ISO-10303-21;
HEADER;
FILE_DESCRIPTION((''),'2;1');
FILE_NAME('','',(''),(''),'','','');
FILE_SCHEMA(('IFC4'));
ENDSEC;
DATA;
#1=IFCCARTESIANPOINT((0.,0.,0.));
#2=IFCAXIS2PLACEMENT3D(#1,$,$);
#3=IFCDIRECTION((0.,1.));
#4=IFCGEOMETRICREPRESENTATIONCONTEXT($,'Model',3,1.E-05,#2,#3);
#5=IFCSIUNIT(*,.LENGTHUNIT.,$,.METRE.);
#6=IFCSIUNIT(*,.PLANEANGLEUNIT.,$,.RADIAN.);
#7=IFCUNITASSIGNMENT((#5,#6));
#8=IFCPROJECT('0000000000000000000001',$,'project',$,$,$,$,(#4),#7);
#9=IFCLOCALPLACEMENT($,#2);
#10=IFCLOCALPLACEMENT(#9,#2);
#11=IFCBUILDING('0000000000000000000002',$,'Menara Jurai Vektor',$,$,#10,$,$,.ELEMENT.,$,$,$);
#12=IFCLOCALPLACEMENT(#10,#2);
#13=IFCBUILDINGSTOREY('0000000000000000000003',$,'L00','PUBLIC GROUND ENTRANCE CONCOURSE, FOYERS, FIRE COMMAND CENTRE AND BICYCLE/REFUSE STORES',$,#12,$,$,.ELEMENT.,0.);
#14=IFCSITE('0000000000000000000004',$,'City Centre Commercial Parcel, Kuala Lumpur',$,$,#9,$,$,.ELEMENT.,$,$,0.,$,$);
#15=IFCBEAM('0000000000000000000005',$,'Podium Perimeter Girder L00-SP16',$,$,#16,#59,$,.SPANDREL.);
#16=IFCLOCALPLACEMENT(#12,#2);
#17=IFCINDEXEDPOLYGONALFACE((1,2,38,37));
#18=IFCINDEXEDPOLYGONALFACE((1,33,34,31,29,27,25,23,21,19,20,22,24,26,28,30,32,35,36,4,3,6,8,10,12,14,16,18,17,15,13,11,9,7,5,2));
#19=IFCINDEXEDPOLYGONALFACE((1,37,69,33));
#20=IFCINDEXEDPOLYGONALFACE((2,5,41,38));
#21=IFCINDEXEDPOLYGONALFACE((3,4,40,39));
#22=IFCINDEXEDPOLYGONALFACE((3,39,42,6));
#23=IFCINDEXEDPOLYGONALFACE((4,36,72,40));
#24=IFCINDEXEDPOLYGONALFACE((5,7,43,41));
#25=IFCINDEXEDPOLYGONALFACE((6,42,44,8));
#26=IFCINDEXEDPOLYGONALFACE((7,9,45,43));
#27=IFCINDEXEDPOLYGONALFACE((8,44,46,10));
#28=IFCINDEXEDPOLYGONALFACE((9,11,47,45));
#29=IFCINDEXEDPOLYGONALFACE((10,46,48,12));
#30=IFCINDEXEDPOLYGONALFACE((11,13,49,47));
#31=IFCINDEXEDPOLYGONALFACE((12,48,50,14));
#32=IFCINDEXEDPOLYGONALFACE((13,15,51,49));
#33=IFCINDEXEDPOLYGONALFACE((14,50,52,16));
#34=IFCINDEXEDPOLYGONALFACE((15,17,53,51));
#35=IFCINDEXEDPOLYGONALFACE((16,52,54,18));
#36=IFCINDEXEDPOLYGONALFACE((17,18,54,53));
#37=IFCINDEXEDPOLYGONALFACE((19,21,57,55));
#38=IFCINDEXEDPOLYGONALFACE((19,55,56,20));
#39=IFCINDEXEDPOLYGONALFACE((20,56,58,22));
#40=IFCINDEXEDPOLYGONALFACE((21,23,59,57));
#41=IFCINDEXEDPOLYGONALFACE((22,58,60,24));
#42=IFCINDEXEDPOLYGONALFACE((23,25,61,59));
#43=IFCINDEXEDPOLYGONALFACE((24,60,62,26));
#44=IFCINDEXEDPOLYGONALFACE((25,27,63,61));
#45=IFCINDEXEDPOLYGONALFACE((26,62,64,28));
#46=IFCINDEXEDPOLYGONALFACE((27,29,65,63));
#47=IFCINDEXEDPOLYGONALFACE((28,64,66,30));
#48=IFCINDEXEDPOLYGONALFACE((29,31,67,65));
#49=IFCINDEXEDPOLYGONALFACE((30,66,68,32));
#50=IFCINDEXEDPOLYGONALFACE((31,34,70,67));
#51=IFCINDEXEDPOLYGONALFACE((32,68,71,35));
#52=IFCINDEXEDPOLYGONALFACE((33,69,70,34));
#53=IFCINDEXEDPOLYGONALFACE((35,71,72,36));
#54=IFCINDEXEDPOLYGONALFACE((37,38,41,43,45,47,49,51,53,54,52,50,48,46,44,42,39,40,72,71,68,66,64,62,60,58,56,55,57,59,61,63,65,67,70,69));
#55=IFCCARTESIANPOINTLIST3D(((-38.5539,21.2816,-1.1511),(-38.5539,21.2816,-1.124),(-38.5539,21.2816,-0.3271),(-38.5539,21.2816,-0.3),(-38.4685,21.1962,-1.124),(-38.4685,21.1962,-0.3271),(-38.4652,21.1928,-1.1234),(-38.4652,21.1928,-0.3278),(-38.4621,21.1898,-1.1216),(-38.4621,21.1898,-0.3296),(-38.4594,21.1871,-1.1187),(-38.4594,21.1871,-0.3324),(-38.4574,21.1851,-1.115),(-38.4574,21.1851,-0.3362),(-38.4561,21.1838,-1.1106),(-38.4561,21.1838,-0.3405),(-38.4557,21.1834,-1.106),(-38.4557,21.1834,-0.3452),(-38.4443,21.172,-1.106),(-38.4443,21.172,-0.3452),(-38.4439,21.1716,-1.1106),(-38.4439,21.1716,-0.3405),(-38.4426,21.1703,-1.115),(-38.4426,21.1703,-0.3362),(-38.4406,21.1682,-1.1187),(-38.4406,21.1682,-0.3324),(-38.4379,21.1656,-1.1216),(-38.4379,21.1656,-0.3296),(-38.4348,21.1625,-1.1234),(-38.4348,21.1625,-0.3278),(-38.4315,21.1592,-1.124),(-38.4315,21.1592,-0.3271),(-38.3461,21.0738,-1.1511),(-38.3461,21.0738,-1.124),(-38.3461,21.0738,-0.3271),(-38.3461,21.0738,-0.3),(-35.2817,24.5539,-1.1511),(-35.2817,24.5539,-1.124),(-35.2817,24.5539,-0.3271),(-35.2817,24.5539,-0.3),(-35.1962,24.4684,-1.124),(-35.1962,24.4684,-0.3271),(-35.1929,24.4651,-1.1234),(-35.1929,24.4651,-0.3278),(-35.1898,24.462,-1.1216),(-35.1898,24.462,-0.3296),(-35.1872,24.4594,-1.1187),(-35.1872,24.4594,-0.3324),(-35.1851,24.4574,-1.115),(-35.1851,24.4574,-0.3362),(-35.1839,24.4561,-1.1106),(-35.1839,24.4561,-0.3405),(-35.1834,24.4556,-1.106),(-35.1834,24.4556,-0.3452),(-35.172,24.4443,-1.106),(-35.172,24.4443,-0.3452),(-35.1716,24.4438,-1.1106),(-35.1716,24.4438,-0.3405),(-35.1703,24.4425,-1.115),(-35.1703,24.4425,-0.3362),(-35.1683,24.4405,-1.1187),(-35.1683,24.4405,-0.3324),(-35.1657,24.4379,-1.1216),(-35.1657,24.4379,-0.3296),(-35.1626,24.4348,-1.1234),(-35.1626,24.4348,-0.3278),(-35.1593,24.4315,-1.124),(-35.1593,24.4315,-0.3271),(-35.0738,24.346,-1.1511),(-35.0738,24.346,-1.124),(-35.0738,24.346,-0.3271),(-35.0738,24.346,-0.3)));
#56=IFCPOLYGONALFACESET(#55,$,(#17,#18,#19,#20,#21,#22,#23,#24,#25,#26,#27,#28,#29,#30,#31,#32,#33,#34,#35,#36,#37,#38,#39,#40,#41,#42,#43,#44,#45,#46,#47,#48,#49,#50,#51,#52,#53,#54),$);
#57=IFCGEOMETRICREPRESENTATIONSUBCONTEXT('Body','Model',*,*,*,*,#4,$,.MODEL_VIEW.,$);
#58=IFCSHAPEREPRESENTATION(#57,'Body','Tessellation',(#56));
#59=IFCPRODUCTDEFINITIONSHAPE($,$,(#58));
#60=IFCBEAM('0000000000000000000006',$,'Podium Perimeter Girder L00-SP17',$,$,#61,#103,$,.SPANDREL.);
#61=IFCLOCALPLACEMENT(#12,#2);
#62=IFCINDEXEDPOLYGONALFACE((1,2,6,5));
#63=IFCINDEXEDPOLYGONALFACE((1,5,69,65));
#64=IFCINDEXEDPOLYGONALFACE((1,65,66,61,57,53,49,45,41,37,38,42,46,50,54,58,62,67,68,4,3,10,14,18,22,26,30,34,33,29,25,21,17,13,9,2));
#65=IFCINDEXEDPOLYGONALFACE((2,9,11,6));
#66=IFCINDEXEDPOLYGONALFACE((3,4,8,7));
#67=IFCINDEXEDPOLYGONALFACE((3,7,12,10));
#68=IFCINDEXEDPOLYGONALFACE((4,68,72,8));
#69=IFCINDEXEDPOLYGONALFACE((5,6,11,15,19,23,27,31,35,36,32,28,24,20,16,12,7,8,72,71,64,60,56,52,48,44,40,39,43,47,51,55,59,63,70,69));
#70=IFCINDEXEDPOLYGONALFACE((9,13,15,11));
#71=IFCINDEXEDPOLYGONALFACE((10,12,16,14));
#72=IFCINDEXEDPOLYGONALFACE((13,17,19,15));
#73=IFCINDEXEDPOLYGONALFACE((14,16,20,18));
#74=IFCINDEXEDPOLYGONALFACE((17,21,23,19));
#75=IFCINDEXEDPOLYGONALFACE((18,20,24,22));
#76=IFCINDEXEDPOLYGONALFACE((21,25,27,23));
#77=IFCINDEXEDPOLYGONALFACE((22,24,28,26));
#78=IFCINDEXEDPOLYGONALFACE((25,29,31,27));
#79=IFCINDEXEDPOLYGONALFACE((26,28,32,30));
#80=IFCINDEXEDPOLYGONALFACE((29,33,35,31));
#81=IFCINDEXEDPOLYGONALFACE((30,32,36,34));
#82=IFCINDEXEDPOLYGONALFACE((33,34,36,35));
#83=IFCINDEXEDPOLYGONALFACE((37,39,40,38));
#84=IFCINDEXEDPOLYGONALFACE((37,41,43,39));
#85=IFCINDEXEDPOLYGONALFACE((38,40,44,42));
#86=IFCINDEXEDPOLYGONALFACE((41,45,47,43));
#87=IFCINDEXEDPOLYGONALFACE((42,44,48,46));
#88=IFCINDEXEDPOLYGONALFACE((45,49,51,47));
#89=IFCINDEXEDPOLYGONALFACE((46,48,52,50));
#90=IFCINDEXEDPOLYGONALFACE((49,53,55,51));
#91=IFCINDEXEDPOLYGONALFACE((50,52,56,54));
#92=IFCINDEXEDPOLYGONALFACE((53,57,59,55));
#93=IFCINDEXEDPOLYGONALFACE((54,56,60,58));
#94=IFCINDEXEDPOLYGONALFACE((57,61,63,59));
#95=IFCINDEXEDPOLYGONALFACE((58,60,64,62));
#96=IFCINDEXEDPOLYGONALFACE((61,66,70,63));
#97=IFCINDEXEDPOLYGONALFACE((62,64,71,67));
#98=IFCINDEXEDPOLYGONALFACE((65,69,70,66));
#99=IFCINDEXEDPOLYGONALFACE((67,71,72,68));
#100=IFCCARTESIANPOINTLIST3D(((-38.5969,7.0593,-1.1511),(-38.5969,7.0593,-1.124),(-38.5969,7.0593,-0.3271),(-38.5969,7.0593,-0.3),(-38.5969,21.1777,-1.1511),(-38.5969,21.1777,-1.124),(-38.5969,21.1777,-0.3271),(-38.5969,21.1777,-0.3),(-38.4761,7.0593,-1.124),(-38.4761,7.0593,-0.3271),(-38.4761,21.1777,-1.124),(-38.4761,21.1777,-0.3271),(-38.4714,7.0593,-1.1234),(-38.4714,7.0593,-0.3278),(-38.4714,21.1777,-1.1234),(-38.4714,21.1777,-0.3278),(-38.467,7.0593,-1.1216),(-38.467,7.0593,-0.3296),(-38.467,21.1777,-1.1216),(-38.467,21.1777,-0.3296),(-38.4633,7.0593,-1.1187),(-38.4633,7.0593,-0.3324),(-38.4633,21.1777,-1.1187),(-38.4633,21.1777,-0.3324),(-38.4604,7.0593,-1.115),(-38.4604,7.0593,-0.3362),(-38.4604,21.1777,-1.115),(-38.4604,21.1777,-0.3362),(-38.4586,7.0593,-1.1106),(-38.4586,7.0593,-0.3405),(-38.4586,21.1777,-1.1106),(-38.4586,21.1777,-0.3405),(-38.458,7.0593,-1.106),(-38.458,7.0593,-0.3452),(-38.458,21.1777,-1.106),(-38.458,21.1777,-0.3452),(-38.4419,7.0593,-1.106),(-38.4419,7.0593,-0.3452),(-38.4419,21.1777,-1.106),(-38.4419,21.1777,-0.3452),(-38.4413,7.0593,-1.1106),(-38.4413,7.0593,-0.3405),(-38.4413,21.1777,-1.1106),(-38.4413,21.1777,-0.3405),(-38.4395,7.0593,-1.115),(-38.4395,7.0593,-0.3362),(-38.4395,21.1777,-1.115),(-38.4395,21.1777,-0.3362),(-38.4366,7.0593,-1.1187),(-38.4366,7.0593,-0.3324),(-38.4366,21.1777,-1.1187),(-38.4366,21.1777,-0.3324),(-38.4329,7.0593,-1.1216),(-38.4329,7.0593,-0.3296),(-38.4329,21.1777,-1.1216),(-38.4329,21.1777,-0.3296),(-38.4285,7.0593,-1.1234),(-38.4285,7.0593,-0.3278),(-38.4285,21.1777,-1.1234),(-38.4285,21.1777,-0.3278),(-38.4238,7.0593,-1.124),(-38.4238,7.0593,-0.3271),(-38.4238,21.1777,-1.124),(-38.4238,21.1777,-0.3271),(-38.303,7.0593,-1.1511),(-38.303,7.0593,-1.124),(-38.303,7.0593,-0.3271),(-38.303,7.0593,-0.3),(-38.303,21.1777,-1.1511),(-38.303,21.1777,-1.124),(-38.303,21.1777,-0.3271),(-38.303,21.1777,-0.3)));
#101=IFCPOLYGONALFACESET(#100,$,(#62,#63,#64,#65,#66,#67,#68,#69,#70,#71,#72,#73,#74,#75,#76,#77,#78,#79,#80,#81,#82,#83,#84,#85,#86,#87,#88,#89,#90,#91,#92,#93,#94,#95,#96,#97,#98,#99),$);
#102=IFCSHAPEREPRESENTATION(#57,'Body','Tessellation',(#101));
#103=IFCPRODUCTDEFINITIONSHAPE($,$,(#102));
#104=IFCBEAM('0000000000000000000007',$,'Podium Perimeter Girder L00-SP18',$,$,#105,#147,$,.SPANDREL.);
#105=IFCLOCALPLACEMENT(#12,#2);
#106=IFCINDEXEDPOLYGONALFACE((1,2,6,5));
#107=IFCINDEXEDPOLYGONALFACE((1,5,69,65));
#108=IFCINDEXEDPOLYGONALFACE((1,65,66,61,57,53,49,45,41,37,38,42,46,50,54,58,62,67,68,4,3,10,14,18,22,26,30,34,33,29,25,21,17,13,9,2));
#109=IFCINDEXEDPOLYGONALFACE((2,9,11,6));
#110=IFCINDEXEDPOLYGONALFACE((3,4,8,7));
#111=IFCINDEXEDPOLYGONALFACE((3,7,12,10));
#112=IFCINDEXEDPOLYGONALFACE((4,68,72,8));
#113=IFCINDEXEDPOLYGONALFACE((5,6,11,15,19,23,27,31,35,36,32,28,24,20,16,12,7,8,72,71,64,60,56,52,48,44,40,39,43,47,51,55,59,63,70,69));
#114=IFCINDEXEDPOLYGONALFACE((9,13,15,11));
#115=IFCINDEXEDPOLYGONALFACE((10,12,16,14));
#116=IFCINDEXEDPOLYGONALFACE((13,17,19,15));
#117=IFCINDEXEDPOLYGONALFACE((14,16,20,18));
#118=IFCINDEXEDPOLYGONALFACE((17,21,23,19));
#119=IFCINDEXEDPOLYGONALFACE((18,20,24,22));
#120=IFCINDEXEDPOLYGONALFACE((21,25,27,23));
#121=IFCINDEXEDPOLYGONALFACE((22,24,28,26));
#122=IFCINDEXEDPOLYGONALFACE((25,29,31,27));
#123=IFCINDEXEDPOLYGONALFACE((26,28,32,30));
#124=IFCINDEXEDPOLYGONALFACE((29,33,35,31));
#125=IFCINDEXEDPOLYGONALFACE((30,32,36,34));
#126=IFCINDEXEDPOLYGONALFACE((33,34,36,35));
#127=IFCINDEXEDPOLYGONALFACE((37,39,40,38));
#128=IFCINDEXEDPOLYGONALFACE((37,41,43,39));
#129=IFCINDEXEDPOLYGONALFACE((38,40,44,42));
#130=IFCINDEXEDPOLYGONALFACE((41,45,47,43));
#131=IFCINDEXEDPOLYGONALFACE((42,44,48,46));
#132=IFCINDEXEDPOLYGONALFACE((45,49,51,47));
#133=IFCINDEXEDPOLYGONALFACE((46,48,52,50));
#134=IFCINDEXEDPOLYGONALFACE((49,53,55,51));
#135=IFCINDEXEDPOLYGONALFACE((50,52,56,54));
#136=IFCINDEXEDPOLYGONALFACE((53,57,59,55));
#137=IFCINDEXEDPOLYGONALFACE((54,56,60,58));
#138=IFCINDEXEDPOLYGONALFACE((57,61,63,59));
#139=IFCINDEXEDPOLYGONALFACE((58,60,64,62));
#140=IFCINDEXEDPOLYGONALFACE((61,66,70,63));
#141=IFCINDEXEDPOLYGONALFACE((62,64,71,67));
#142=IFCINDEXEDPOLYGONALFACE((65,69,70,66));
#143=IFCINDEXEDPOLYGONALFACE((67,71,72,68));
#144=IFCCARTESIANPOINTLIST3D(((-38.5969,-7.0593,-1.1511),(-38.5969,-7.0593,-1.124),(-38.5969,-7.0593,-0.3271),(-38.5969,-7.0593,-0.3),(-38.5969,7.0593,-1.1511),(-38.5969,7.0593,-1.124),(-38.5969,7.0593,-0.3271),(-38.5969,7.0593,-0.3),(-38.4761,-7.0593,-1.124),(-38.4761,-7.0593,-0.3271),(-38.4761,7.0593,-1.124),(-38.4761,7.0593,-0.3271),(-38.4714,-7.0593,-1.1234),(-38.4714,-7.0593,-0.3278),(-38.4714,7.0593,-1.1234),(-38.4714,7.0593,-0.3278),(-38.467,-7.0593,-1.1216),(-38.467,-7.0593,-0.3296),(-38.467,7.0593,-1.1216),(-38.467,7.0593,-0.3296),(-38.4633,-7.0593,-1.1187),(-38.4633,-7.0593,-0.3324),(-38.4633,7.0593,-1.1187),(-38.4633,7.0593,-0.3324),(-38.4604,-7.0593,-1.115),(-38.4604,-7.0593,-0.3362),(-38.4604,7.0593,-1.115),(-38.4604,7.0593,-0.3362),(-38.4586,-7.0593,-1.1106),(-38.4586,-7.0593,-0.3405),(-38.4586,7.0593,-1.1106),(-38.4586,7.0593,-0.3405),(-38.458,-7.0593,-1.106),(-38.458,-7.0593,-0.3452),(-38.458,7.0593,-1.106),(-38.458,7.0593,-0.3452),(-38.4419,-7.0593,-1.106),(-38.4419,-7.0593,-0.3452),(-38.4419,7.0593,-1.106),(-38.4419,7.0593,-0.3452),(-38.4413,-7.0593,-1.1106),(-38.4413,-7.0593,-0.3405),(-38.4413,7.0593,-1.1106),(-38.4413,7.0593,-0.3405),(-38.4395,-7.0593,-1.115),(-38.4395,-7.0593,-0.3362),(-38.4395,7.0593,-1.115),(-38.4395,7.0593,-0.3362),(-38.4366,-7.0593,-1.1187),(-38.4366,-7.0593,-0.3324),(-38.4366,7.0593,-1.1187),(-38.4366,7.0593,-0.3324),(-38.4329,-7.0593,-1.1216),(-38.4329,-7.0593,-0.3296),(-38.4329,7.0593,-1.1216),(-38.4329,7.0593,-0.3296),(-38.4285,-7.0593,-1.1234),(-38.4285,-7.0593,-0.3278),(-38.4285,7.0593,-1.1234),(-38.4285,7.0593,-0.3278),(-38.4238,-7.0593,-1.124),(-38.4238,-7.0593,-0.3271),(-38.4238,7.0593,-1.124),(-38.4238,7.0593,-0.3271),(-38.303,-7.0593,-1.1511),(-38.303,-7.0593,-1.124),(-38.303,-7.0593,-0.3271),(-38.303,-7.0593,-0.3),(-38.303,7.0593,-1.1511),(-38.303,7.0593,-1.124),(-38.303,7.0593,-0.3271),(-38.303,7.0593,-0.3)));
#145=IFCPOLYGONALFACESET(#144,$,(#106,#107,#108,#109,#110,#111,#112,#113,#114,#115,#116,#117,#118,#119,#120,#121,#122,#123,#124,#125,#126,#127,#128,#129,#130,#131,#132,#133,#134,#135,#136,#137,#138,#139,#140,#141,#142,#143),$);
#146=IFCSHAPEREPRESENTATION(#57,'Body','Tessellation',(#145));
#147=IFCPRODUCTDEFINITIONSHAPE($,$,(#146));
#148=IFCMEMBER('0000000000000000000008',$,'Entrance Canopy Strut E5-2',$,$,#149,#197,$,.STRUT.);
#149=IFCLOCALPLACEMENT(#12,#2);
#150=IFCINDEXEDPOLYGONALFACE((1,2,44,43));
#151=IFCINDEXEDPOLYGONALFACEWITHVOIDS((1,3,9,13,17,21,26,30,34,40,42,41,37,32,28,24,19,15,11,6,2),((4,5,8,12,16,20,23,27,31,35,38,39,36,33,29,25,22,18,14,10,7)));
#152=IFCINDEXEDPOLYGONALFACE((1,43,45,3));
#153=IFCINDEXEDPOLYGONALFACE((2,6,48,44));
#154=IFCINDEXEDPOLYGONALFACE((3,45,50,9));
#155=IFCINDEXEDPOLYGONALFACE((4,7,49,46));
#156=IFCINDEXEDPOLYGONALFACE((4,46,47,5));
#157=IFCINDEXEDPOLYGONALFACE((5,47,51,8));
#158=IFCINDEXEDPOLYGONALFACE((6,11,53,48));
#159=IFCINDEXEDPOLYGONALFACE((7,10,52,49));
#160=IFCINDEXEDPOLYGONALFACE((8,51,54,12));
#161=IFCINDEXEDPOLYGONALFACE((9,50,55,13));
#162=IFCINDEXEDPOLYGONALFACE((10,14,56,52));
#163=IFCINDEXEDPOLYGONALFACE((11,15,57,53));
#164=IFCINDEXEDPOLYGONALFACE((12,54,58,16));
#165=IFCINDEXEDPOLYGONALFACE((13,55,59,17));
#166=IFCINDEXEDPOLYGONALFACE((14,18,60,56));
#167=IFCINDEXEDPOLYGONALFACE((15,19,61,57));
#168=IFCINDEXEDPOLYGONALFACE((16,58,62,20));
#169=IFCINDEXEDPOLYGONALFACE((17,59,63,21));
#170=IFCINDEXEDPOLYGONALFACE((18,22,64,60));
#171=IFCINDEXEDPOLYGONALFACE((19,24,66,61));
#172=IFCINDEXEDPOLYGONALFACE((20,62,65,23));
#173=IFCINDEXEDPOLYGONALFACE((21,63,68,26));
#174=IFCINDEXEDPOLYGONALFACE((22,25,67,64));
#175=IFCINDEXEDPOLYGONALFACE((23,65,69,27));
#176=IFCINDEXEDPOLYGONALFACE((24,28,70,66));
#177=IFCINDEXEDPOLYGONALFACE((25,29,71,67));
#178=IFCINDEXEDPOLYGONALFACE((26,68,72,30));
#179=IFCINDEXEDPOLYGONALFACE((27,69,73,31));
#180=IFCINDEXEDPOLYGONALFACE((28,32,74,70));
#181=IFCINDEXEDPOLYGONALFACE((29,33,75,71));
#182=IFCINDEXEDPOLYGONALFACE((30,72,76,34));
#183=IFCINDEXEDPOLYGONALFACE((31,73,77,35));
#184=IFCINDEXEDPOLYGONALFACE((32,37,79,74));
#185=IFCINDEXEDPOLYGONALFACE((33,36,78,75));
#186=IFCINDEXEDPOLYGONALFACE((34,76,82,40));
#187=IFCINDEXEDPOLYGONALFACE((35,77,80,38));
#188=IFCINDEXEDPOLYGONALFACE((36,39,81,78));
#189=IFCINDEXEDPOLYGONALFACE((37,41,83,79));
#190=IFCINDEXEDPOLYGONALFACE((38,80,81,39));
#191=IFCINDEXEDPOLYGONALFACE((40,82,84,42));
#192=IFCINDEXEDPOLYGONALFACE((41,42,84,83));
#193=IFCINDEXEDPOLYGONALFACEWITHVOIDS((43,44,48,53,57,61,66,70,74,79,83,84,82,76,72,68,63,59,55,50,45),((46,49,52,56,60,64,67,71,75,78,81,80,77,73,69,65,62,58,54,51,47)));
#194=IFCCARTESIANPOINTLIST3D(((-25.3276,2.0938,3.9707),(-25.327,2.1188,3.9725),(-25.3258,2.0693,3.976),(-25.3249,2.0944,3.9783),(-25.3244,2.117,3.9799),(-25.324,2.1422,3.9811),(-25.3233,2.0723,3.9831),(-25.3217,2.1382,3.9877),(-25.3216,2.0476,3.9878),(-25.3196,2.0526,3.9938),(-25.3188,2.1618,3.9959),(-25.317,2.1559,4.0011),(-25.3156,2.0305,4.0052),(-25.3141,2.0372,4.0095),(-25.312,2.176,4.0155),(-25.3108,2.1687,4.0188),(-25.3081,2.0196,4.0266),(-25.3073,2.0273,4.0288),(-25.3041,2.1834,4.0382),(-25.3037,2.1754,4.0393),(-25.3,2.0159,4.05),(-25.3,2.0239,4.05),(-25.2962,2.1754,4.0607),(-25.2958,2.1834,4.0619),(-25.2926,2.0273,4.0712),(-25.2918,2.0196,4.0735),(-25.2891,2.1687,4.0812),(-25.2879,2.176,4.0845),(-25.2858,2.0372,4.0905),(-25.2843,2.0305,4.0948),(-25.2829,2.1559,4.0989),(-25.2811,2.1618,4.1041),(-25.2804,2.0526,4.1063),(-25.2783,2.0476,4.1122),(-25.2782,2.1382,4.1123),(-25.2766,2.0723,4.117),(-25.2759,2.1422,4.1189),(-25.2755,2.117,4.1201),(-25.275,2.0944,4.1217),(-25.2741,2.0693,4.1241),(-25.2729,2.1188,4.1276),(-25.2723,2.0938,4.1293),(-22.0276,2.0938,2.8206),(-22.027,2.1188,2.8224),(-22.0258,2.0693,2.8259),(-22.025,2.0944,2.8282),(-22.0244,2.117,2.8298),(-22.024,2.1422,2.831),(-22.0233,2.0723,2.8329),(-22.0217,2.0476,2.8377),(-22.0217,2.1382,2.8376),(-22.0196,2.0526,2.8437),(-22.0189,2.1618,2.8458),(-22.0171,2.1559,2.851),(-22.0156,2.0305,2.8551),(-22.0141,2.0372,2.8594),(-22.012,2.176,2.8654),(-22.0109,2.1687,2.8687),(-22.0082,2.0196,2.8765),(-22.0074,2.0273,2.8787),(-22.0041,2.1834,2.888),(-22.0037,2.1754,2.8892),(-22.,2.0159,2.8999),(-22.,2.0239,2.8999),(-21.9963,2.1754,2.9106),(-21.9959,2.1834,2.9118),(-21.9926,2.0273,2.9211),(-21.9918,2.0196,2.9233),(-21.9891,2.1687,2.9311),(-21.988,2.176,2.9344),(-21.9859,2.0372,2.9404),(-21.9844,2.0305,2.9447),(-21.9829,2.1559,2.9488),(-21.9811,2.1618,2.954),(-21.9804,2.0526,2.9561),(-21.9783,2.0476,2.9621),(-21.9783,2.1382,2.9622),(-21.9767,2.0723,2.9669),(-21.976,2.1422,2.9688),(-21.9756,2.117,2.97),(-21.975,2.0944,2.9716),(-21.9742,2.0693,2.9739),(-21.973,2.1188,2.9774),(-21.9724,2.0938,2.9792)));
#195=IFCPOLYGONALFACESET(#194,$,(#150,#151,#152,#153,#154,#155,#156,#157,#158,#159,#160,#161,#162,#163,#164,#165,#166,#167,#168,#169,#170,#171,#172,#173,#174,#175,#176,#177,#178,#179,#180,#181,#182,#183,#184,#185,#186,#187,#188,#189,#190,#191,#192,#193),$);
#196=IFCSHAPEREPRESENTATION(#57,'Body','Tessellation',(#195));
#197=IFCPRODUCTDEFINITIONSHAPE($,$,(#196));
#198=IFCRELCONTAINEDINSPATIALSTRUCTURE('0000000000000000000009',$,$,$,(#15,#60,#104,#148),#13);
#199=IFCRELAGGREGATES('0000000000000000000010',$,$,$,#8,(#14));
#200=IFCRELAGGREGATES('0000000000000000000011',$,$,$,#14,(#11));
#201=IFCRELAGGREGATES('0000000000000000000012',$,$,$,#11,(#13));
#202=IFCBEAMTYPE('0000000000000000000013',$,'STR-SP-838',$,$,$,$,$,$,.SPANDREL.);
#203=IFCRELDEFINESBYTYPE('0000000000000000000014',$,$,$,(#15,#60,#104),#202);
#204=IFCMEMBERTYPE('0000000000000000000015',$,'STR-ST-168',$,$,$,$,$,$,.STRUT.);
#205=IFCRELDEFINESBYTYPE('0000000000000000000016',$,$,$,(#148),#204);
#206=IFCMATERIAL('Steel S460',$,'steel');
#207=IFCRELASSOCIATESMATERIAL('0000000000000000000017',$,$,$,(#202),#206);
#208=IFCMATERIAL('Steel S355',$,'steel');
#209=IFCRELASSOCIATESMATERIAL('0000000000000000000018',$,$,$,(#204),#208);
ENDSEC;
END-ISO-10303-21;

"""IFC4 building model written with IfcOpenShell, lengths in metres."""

from ifc_helpers import new_model, si_unit, direction, frame, origin, origin_2d, place, context, subcontext, project, spatial, hollow_circle, i_section, extrude, material, material_profile, profile_set, type_object, element, save


model = new_model("IFC4")

# Units and contexts
model_context = context("Model", 3, precision=1e-05, world=origin(), true_north=direction((0.0, 1.0)))
body_context = subcontext(model_context, "Body", "Model", "MODEL_VIEW")
ifc_project = project(units=[si_unit("LENGTHUNIT", "METRE"), si_unit("PLANEANGLEUNIT", "RADIAN")], contexts=[model_context])

# Site, building, storey
site_placement = place(None, origin())
site = spatial("IfcSite", under=ifc_project, at=site_placement, Name="City Centre Commercial Parcel, Kuala Lumpur", CompositionType="ELEMENT", RefElevation=0.0)
building_placement = place(site_placement, origin())
building = spatial("IfcBuilding", under=site, at=building_placement, Name="Menara Jurai Vektor", CompositionType="ELEMENT")
storey_placement = place(building_placement, origin())
storey = spatial("IfcBuildingStorey", under=building, at=storey_placement, Name="L00", Description="PUBLIC GROUND ENTRANCE CONCOURSE, FOYERS, FIRE COMMAND CENTRE AND BICYCLE/REFUSE STORES", CompositionType="ELEMENT", Elevation=0.0)

# Shared definitions
ifc_material_1 = material(Name="Steel S355", Category="steel")
ifc_material_2 = material(Name="Steel S460", Category="steel")

# Beams
ifc_material_profile_1 = material_profile(ifc_material_2, i_section(OverallWidth=0.2939, OverallDepth=0.8511, WebThickness=0.0161, FlangeThickness=0.0271, FilletRadius=0.0181, at=origin_2d()), Name="UKB 838x292x226")
ifc_profile_set_1 = profile_set([ifc_material_profile_1], Name="Steel S460")
beam_type_1 = type_object("IfcBeamType", Name="STR-SP-838", PredefinedType="SPANDREL", material=ifc_profile_set_1)
beam_1_placement = place(storey_placement, frame((-35.1777, 24.45, -0.7256), z_axis=(-0.707107, -0.707107, 0.0), x_axis=(0.707107, -0.707107, 0.0)))
element("IfcBeam", 1, at=beam_1_placement, inside=storey, type_object=beam_type_1, Name="Podium Perimeter Girder L00-SP16", PredefinedType="SPANDREL", context=body_context, shape_type="SweptSolid", body=[
    extrude(i_section(OverallWidth=0.2939, OverallDepth=0.8511, WebThickness=0.0161, FlangeThickness=0.0271, FilletRadius=0.0181, at=origin_2d()), origin(), (0.0, 0.0, 1.0), 4.6277),
])
beam_2_placement = place(storey_placement, frame((-38.45, 21.1777, -0.7256), z_axis=(0.0, -1.0, 0.0), x_axis=(1.0, 0.0, 0.0)))
element("IfcBeam", 2, at=beam_2_placement, inside=storey, type_object=beam_type_1, Name="Podium Perimeter Girder L00-SP17", PredefinedType="SPANDREL", context=body_context, shape_type="SweptSolid", body=[
    extrude(i_section(OverallWidth=0.2939, OverallDepth=0.8511, WebThickness=0.0161, FlangeThickness=0.0271, FilletRadius=0.0181, at=origin_2d()), origin(), (0.0, 0.0, 1.0), 14.1184),
])
beam_3_placement = place(storey_placement, frame((-38.45, 7.0593, -0.7256), z_axis=(0.0, -1.0, 0.0), x_axis=(1.0, 0.0, 0.0)))
element("IfcBeam", 3, at=beam_3_placement, inside=storey, type_object=beam_type_1, Name="Podium Perimeter Girder L00-SP18", PredefinedType="SPANDREL", context=body_context, shape_type="SweptSolid", body=[
    extrude(i_section(OverallWidth=0.2939, OverallDepth=0.8511, WebThickness=0.0161, FlangeThickness=0.0271, FilletRadius=0.0181, at=origin_2d()), origin(), (0.0, 0.0, 1.0), 14.1187),
])

# Member
ifc_material_profile_2 = material_profile(ifc_material_1, hollow_circle(Radius=0.0842, WallThickness=0.0081, at=origin_2d()), Name="CHS 168.3x8")
ifc_profile_set_2 = profile_set([ifc_material_profile_2], Name="Steel S355")
member_type = type_object("IfcMemberType", Name="STR-ST-168", PredefinedType="STRUT", material=ifc_profile_set_2)
member_placement = place(storey_placement, frame((-22.0, 2.1001, 2.8999), z_axis=(-0.944292, 0.0, 0.329109), x_axis=(0.0, -1.0, 0.0)))
element("IfcMember", 4, at=member_placement, inside=storey, type_object=member_type, Name="Entrance Canopy Strut E5-2", PredefinedType="STRUT", context=body_context, shape_type="SweptSolid", body=[
    extrude(hollow_circle(Radius=0.0842, WallThickness=0.0081, at=origin_2d()), origin(), (0.0, 0.0, 1.0), 3.4946),
])

save(model, "model.ifc")
